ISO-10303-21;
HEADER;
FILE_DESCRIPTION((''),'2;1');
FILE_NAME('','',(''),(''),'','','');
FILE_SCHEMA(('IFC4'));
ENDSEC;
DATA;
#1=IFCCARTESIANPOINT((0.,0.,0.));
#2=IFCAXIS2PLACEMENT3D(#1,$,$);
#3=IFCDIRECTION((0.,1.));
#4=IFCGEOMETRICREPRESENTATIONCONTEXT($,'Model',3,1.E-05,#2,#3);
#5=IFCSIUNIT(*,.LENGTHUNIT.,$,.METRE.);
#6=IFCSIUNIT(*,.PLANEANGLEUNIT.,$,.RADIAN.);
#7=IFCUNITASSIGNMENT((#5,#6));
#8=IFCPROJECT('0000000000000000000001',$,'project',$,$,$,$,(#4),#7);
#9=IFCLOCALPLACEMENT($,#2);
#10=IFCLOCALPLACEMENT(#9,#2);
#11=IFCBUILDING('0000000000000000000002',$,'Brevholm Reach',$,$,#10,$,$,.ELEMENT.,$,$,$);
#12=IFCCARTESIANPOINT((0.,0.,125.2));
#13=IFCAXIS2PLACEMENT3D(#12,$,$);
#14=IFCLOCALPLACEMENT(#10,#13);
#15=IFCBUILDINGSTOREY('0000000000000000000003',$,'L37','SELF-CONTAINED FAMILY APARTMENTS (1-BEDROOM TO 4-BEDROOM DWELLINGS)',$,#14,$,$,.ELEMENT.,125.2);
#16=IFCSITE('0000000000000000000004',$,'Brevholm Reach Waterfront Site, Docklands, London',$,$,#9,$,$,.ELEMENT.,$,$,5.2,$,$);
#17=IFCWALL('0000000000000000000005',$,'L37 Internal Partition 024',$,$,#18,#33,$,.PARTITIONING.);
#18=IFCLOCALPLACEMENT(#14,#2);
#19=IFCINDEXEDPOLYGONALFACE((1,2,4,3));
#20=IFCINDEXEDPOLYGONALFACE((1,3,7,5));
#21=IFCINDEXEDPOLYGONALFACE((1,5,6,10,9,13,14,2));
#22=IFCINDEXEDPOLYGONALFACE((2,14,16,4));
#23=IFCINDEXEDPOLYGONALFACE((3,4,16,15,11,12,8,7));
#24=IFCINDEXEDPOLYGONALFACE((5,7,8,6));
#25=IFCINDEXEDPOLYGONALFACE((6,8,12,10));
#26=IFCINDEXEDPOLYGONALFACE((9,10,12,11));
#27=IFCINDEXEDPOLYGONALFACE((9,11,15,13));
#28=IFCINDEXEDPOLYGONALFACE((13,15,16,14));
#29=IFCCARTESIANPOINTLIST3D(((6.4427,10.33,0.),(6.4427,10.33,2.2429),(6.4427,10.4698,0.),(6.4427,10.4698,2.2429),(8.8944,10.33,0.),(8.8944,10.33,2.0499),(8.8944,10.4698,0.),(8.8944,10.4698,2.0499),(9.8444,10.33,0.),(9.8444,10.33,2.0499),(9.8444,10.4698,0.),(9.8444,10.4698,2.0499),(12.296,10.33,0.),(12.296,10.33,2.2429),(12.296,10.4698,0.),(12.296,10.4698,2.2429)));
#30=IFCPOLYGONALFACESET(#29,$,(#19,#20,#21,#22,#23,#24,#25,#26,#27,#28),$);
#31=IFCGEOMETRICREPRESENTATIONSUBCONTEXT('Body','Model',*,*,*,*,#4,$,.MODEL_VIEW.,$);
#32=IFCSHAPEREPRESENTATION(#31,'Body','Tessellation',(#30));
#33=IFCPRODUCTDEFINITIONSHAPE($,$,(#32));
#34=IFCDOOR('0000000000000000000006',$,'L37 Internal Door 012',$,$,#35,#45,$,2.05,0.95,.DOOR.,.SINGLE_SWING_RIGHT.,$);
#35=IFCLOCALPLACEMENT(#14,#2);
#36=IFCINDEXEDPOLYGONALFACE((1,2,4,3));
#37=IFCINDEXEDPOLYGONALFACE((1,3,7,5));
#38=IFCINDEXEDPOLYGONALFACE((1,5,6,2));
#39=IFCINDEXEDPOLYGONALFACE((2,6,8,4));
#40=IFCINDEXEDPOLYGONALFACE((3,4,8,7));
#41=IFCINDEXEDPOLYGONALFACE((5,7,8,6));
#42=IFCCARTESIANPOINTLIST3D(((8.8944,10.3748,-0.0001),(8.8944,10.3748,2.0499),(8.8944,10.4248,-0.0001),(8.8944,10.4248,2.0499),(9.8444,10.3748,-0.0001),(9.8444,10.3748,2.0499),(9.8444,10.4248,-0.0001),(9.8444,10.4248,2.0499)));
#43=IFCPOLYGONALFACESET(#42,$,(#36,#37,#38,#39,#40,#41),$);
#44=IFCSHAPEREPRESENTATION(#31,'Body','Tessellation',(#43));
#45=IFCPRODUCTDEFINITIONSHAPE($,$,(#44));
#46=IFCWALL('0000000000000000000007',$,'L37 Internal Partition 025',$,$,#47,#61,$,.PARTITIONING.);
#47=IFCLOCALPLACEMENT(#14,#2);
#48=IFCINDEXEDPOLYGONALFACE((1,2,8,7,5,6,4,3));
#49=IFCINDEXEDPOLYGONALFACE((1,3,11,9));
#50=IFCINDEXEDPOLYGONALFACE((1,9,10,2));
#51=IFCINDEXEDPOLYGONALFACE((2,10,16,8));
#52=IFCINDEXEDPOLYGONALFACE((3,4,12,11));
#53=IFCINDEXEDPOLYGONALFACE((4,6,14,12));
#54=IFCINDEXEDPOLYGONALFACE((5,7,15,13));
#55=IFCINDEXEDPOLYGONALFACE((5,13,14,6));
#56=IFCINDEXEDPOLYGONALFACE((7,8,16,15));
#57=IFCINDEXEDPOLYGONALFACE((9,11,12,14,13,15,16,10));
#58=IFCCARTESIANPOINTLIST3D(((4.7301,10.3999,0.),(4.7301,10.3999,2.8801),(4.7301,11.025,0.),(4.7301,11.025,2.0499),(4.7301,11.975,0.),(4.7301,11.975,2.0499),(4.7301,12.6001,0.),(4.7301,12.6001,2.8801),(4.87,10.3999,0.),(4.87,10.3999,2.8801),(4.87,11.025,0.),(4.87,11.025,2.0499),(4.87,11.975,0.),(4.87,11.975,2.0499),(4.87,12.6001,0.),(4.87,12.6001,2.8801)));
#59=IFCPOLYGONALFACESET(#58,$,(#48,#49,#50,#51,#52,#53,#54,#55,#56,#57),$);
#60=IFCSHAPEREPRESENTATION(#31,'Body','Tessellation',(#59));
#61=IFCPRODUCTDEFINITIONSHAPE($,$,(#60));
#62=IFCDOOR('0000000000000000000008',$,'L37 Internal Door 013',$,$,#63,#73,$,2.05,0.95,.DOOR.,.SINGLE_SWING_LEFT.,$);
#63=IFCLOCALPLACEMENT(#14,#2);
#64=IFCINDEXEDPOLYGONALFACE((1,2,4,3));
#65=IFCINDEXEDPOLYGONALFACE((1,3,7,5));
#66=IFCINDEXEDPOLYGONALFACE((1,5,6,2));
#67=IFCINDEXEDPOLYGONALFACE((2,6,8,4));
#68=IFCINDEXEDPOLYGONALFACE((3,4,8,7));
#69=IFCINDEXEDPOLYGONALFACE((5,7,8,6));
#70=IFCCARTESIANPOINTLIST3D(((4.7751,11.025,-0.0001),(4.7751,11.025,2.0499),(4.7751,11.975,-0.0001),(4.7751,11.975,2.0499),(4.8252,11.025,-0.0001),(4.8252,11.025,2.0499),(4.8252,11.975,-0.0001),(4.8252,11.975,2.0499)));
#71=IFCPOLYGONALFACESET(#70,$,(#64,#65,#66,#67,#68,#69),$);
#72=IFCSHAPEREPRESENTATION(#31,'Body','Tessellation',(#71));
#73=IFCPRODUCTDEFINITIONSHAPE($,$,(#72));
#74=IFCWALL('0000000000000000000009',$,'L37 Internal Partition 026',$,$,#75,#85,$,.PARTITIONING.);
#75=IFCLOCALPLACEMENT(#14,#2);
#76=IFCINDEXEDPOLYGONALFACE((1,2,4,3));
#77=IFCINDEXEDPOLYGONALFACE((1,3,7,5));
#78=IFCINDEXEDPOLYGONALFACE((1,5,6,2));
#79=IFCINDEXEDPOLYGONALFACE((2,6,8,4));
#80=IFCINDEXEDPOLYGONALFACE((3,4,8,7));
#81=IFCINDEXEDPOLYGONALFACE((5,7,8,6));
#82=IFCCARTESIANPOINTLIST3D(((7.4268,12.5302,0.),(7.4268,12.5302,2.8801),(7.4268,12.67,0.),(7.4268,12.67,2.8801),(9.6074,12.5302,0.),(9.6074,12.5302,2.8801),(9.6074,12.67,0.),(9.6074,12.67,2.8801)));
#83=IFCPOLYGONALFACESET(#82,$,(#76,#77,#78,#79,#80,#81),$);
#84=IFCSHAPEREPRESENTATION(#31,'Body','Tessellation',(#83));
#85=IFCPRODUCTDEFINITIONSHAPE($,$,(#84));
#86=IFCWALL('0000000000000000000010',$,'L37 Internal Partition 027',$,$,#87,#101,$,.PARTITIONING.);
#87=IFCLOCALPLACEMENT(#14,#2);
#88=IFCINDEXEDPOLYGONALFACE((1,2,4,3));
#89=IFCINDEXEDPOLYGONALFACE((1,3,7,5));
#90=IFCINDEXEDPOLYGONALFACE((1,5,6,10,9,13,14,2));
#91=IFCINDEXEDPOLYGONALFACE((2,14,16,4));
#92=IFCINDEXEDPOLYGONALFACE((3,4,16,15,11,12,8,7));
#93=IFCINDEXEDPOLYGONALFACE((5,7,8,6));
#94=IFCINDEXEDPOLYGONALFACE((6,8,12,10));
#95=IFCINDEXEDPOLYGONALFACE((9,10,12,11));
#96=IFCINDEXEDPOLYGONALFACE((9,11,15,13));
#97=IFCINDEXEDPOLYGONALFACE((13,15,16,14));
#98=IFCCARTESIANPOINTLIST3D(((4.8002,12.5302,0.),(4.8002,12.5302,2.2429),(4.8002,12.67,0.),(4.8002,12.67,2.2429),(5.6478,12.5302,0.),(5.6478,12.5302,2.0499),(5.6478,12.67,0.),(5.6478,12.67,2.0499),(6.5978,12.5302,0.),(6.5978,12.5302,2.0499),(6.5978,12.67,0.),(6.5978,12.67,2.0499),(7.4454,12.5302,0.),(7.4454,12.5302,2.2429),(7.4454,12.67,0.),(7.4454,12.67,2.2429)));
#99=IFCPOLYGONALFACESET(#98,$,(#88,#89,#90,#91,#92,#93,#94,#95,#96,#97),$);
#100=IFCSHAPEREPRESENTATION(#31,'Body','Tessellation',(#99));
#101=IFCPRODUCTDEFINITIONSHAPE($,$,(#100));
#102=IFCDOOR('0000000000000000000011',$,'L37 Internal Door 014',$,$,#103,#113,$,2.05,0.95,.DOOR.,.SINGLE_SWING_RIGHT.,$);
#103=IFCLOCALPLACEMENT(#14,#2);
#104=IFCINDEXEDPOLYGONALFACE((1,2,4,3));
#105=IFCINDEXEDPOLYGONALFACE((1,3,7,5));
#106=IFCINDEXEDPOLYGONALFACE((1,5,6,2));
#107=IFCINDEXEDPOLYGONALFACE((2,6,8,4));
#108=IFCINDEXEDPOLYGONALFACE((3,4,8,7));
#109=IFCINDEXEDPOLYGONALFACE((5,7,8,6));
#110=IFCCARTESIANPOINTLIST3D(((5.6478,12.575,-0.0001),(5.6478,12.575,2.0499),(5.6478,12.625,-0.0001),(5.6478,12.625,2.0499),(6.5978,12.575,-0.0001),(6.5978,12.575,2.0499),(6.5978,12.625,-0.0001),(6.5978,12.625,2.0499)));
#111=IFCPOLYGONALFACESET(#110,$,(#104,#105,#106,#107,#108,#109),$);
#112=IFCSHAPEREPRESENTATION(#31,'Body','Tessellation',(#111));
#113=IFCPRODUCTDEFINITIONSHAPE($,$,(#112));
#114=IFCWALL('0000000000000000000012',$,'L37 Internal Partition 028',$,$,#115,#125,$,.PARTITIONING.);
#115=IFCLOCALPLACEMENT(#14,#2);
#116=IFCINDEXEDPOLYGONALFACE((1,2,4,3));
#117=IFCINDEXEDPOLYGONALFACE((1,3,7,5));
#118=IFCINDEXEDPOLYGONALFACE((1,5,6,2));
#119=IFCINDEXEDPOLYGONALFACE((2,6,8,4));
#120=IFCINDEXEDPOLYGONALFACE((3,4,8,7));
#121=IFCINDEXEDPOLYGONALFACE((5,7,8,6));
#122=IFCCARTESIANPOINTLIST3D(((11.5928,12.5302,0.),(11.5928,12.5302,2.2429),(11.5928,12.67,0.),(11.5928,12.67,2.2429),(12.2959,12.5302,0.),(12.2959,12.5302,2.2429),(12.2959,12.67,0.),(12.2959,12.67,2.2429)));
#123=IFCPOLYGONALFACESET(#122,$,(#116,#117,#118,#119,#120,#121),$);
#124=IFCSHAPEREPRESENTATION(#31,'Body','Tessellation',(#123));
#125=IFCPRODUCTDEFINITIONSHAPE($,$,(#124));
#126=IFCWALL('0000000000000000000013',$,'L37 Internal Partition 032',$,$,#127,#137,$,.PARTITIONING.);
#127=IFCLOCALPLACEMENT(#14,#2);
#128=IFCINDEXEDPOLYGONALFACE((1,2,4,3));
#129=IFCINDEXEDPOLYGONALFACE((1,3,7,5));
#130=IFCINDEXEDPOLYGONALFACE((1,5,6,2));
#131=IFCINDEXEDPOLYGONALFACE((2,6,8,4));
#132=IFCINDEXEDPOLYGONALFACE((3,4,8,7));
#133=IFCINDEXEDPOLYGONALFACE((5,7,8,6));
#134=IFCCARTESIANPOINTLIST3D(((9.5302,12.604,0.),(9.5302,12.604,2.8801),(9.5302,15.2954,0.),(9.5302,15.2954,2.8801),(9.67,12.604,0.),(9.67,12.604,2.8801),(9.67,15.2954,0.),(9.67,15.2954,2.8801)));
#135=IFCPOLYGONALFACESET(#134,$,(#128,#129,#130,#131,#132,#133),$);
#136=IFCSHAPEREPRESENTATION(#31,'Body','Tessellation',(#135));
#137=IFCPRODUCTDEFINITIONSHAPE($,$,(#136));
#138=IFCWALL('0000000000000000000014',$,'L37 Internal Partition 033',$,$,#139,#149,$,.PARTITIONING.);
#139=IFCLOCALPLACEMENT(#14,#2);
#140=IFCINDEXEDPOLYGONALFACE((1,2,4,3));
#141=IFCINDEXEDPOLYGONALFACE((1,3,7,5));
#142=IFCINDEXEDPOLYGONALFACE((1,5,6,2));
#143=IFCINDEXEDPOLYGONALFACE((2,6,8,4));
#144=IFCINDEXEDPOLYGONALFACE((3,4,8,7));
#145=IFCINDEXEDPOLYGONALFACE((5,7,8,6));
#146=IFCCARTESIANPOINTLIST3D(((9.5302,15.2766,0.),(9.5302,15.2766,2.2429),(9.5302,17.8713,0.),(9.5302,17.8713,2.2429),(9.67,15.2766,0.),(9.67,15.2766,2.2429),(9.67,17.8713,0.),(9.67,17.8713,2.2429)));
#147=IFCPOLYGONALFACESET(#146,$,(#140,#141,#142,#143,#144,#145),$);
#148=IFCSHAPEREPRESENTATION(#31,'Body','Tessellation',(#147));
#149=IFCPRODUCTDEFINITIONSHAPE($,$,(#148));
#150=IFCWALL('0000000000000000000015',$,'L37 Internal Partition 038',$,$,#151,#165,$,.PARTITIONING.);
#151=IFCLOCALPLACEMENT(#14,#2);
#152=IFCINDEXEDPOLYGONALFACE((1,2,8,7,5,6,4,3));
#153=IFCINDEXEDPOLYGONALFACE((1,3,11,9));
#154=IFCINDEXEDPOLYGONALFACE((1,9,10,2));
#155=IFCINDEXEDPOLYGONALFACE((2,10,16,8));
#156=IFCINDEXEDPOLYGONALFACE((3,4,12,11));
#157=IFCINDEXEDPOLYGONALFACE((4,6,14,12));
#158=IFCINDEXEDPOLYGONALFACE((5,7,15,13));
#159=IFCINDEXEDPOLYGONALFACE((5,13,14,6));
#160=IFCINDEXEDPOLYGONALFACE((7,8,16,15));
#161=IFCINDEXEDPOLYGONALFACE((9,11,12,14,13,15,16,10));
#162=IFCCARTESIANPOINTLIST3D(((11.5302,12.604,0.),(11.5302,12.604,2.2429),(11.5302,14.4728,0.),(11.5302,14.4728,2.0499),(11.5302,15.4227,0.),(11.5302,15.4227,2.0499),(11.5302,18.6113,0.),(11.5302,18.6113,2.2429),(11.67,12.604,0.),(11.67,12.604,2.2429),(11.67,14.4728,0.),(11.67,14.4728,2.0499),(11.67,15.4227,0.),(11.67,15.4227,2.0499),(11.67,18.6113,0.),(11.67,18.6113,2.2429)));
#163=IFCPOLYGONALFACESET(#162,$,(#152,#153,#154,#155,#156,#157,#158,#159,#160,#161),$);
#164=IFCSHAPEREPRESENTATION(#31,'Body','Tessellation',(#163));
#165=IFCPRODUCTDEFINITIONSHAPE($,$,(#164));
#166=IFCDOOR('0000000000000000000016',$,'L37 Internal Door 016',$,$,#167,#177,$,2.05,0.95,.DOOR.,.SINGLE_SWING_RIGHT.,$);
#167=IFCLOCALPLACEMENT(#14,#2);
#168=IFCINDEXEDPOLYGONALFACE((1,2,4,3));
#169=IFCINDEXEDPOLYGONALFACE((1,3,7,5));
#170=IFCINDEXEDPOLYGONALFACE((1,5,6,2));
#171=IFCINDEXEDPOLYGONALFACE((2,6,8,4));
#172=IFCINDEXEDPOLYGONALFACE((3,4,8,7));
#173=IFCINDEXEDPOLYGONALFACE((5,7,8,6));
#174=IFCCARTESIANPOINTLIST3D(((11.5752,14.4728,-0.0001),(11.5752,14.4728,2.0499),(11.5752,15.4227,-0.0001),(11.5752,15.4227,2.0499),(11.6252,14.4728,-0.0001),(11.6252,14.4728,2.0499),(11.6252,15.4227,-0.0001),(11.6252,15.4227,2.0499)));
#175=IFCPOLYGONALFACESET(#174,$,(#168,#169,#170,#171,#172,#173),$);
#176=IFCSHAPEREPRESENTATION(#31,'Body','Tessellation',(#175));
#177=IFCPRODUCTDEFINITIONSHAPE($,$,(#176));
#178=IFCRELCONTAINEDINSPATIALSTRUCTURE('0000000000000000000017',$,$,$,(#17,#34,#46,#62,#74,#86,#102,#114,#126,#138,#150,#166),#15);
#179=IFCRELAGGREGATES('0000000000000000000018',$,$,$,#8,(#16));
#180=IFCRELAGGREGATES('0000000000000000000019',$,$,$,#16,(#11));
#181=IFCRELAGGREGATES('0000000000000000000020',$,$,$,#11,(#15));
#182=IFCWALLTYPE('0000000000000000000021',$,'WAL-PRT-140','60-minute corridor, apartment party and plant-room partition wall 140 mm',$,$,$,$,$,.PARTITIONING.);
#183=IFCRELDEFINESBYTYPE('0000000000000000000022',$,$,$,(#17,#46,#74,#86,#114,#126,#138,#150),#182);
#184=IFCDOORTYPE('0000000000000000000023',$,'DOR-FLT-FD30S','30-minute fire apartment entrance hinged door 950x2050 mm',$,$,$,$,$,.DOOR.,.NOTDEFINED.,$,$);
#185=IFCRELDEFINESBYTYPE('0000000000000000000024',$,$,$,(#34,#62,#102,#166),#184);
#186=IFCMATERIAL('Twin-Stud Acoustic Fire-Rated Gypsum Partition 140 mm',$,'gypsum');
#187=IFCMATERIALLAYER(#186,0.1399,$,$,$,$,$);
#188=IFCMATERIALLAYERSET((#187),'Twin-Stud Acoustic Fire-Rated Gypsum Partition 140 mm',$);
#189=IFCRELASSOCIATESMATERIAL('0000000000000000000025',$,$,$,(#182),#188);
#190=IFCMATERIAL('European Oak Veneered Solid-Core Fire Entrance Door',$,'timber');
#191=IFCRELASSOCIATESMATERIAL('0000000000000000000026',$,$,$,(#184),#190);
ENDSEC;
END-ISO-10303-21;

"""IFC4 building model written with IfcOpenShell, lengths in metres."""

from ifc_helpers import new_model, si_unit, direction, frame, frame_2d, origin, place, context, subcontext, project, spatial, rectangle, extrude, material, layer, layer_set, type_object, element, fill, save


model = new_model("IFC4")

# Units and contexts
model_context = context("Model", 3, precision=1e-05, world=origin(), true_north=direction((0.0, 1.0)))
body_context = subcontext(model_context, "Body", "Model", "MODEL_VIEW")
ifc_project = project(units=[si_unit("LENGTHUNIT", "METRE"), si_unit("PLANEANGLEUNIT", "RADIAN")], contexts=[model_context])

# Site, building, storey
site_placement = place(None, origin())
site = spatial("IfcSite", under=ifc_project, at=site_placement, Name="Brevholm Reach Waterfront Site, Docklands, London", CompositionType="ELEMENT", RefElevation=5.2)
building_placement = place(site_placement, origin())
building = spatial("IfcBuilding", under=site, at=building_placement, Name="Brevholm Reach", CompositionType="ELEMENT")
storey_placement = place(building_placement, frame((0.0, 0.0, 125.2)))
storey = spatial("IfcBuildingStorey", under=building, at=storey_placement, Name="L37", Description="SELF-CONTAINED FAMILY APARTMENTS (1-BEDROOM TO 4-BEDROOM DWELLINGS)", CompositionType="ELEMENT", Elevation=125.2)

# Shared definitions
ifc_material_1 = material(Name="Twin-Stud Acoustic Fire-Rated Gypsum Partition 140 mm", Category="gypsum")
ifc_layer_1 = layer(ifc_material_1, 0.1399)
ifc_layer_set_1 = layer_set([ifc_layer_1], Name="Twin-Stud Acoustic Fire-Rated Gypsum Partition 140 mm")
wall_type_1 = type_object("IfcWallType", Name="WAL-PRT-140", Description="60-minute corridor, apartment party and plant-room partition wall 140 mm", PredefinedType="PARTITIONING", material=ifc_layer_set_1)

# Walls, openings, doors
wall_1_placement = place(storey_placement, frame((6.4426, 10.3999, 0.0), z_axis=(0.0, 0.0, 1.0), x_axis=(1.0, 0.0, 0.0)))
wall_1 = element("IfcWall", 1, at=wall_1_placement, inside=storey, type_object=wall_type_1, Name="L37 Internal Partition 024", PredefinedType="PARTITIONING", context=body_context, shape_type="SweptSolid", body=[
    extrude(rectangle(XDim=5.8533, YDim=0.1399, at=frame_2d((2.9268, 0.0))), origin(), (0.0, 0.0, 1.0), 2.2429),
])
opening_1_placement = place(wall_1_placement, frame((2.4517, 0.0, 0.0)))
opening_1 = element("IfcOpeningElement", 2, at=opening_1_placement, cuts=wall_1, PredefinedType="OPENING", context=body_context, shape_type="SweptSolid", body=[
    extrude(rectangle(XDim=0.95, YDim=2.05, at=frame_2d((0.4751, 1.0249))), frame((0.0, 0.0798, 0.0), z_axis=(0.0, -1.0, 0.0), x_axis=(1.0, 0.0, 0.0)), (0.0, 0.0, 1.0), 0.1599),
])
ifc_material_2 = material(Name="European Oak Veneered Solid-Core Fire Entrance Door", Category="timber")
door_type_1 = type_object("IfcDoorType", Name="DOR-FLT-FD30S", Description="30-minute fire apartment entrance hinged door 950x2050 mm", OperationType="NOTDEFINED", PredefinedType="DOOR", material=ifc_material_2)
door_1_placement = place(opening_1_placement, origin())
door_1 = element("IfcDoor", 3, at=door_1_placement, inside=storey, type_object=door_type_1, Name="L37 Internal Door 012", OperationType="SINGLE_SWING_RIGHT", OverallHeight=2.05, OverallWidth=0.95, PredefinedType="DOOR", context=body_context, shape_type="SweptSolid", body=[
    extrude(rectangle(XDim=0.95, YDim=2.05, at=frame_2d((0.4751, 1.0249))), frame((0.0, 0.0249, 0.0), z_axis=(0.0, -1.0, 0.0), x_axis=(1.0, 0.0, 0.0)), (0.0, 0.0, 1.0), 0.05),
])
fill(opening_1, door_1)
wall_2_placement = place(storey_placement, frame((4.8, 10.3999, 0.0), z_axis=(0.0, 0.0, 1.0), x_axis=(0.0, 1.0, 0.0)))
wall_2 = element("IfcWall", 4, at=wall_2_placement, inside=storey, type_object=wall_type_1, Name="L37 Internal Partition 025", PredefinedType="PARTITIONING", context=body_context, shape_type="SweptSolid", body=[
    extrude(rectangle(XDim=2.2002, YDim=0.1399, at=frame_2d((1.1001, 0.0))), origin(), (0.0, 0.0, 1.0), 2.8801),
])
opening_2_placement = place(wall_2_placement, frame((0.625, 0.0, 0.0)))
opening_2 = element("IfcOpeningElement", 5, at=opening_2_placement, cuts=wall_2, PredefinedType="OPENING", context=body_context, shape_type="SweptSolid", body=[
    extrude(rectangle(XDim=0.95, YDim=2.05, at=frame_2d((0.4751, 1.0249))), frame((0.0, 0.0798, 0.0), z_axis=(0.0, -1.0, 0.0), x_axis=(1.0, 0.0, 0.0)), (0.0, 0.0, 1.0), 0.1599),
])
door_2_placement = place(opening_2_placement, origin())
door_2 = element("IfcDoor", 6, at=door_2_placement, inside=storey, type_object=door_type_1, Name="L37 Internal Door 013", OperationType="SINGLE_SWING_LEFT", OverallHeight=2.05, OverallWidth=0.95, PredefinedType="DOOR", context=body_context, shape_type="SweptSolid", body=[
    extrude(rectangle(XDim=0.95, YDim=2.05, at=frame_2d((0.4751, 1.0249))), frame((0.0, 0.0249, 0.0), z_axis=(0.0, -1.0, 0.0), x_axis=(1.0, 0.0, 0.0)), (0.0, 0.0, 1.0), 0.05),
])
fill(opening_2, door_2)

# Wall
wall_3_placement = place(storey_placement, frame((7.4268, 12.6001, 0.0), z_axis=(0.0, 0.0, 1.0), x_axis=(1.0, 0.0, 0.0)))
element("IfcWall", 7, at=wall_3_placement, inside=storey, type_object=wall_type_1, Name="L37 Internal Partition 026", PredefinedType="PARTITIONING", context=body_context, shape_type="SweptSolid", body=[
    extrude(rectangle(XDim=2.1807, YDim=0.1399, at=frame_2d((1.0903, 0.0))), origin(), (0.0, 0.0, 1.0), 2.8801),
])

# Wall, opening, door
wall_4_placement = place(storey_placement, frame((4.8, 12.6001, 0.0), z_axis=(0.0, 0.0, 1.0), x_axis=(1.0, 0.0, 0.0)))
wall_4 = element("IfcWall", 8, at=wall_4_placement, inside=storey, type_object=wall_type_1, Name="L37 Internal Partition 027", PredefinedType="PARTITIONING", context=body_context, shape_type="SweptSolid", body=[
    extrude(rectangle(XDim=2.6453, YDim=0.1399, at=frame_2d((1.3228, 0.0))), origin(), (0.0, 0.0, 1.0), 2.2429),
])
opening_3_placement = place(wall_4_placement, frame((0.8477, 0.0, 0.0)))
opening_3 = element("IfcOpeningElement", 9, at=opening_3_placement, cuts=wall_4, PredefinedType="OPENING", context=body_context, shape_type="SweptSolid", body=[
    extrude(rectangle(XDim=0.95, YDim=2.05, at=frame_2d((0.4751, 1.0249))), frame((0.0, 0.0798, 0.0), z_axis=(0.0, -1.0, 0.0), x_axis=(1.0, 0.0, 0.0)), (0.0, 0.0, 1.0), 0.1599),
])
door_3_placement = place(opening_3_placement, origin())
door_3 = element("IfcDoor", 10, at=door_3_placement, inside=storey, type_object=door_type_1, Name="L37 Internal Door 014", OperationType="SINGLE_SWING_RIGHT", OverallHeight=2.05, OverallWidth=0.95, PredefinedType="DOOR", context=body_context, shape_type="SweptSolid", body=[
    extrude(rectangle(XDim=0.95, YDim=2.05, at=frame_2d((0.4751, 1.0249))), frame((0.0, 0.0249, 0.0), z_axis=(0.0, -1.0, 0.0), x_axis=(1.0, 0.0, 0.0)), (0.0, 0.0, 1.0), 0.05),
])
fill(opening_3, door_3)

# Walls
wall_5_placement = place(storey_placement, frame((11.5928, 12.6001, 0.0), z_axis=(0.0, 0.0, 1.0), x_axis=(1.0, 0.0, 0.0)))
element("IfcWall", 11, at=wall_5_placement, inside=storey, type_object=wall_type_1, Name="L37 Internal Partition 028", PredefinedType="PARTITIONING", context=body_context, shape_type="SweptSolid", body=[
    extrude(rectangle(XDim=0.7031, YDim=0.1399, at=frame_2d((0.3516, 0.0))), origin(), (0.0, 0.0, 1.0), 2.2429),
])
wall_6_placement = place(storey_placement, frame((9.6001, 12.604, 0.0), z_axis=(0.0, 0.0, 1.0), x_axis=(0.0, 1.0, 0.0)))
element("IfcWall", 12, at=wall_6_placement, inside=storey, type_object=wall_type_1, Name="L37 Internal Partition 032", PredefinedType="PARTITIONING", context=body_context, shape_type="SweptSolid", body=[
    extrude(rectangle(XDim=2.6914, YDim=0.1399, at=frame_2d((1.3457, 0.0))), origin(), (0.0, 0.0, 1.0), 2.8801),
])
wall_7_placement = place(storey_placement, frame((9.6001, 15.2766, 0.0), z_axis=(0.0, 0.0, 1.0), x_axis=(0.0, 1.0, 0.0)))
element("IfcWall", 13, at=wall_7_placement, inside=storey, type_object=wall_type_1, Name="L37 Internal Partition 033", PredefinedType="PARTITIONING", context=body_context, shape_type="SweptSolid", body=[
    extrude(rectangle(XDim=2.5947, YDim=0.1399, at=frame_2d((1.2974, 0.0))), origin(), (0.0, 0.0, 1.0), 2.2429),
])

# Wall, opening, door
wall_8_placement = place(storey_placement, frame((11.6001, 12.604, 0.0), z_axis=(0.0, 0.0, 1.0), x_axis=(0.0, 1.0, 0.0)))
wall_8 = element("IfcWall", 14, at=wall_8_placement, inside=storey, type_object=wall_type_1, Name="L37 Internal Partition 038", PredefinedType="PARTITIONING", context=body_context, shape_type="SweptSolid", body=[
    extrude(rectangle(XDim=6.0073, YDim=0.1399, at=frame_2d((3.0037, 0.0))), origin(), (0.0, 0.0, 1.0), 2.2429),
])
opening_4_placement = place(wall_8_placement, frame((1.8687, 0.0, 0.0)))
opening_4 = element("IfcOpeningElement", 15, at=opening_4_placement, cuts=wall_8, PredefinedType="OPENING", context=body_context, shape_type="SweptSolid", body=[
    extrude(rectangle(XDim=0.95, YDim=2.05, at=frame_2d((0.4751, 1.0249))), frame((0.0, 0.0798, 0.0), z_axis=(0.0, -1.0, 0.0), x_axis=(1.0, 0.0, 0.0)), (0.0, 0.0, 1.0), 0.1599),
])
door_4_placement = place(opening_4_placement, origin())
door_4 = element("IfcDoor", 16, at=door_4_placement, inside=storey, type_object=door_type_1, Name="L37 Internal Door 016", OperationType="SINGLE_SWING_RIGHT", OverallHeight=2.05, OverallWidth=0.95, PredefinedType="DOOR", context=body_context, shape_type="SweptSolid", body=[
    extrude(rectangle(XDim=0.95, YDim=2.05, at=frame_2d((0.4751, 1.0249))), frame((0.0, 0.0249, 0.0), z_axis=(0.0, -1.0, 0.0), x_axis=(1.0, 0.0, 0.0)), (0.0, 0.0, 1.0), 0.05),
])
fill(opening_4, door_4)

save(model, "model.ifc")
